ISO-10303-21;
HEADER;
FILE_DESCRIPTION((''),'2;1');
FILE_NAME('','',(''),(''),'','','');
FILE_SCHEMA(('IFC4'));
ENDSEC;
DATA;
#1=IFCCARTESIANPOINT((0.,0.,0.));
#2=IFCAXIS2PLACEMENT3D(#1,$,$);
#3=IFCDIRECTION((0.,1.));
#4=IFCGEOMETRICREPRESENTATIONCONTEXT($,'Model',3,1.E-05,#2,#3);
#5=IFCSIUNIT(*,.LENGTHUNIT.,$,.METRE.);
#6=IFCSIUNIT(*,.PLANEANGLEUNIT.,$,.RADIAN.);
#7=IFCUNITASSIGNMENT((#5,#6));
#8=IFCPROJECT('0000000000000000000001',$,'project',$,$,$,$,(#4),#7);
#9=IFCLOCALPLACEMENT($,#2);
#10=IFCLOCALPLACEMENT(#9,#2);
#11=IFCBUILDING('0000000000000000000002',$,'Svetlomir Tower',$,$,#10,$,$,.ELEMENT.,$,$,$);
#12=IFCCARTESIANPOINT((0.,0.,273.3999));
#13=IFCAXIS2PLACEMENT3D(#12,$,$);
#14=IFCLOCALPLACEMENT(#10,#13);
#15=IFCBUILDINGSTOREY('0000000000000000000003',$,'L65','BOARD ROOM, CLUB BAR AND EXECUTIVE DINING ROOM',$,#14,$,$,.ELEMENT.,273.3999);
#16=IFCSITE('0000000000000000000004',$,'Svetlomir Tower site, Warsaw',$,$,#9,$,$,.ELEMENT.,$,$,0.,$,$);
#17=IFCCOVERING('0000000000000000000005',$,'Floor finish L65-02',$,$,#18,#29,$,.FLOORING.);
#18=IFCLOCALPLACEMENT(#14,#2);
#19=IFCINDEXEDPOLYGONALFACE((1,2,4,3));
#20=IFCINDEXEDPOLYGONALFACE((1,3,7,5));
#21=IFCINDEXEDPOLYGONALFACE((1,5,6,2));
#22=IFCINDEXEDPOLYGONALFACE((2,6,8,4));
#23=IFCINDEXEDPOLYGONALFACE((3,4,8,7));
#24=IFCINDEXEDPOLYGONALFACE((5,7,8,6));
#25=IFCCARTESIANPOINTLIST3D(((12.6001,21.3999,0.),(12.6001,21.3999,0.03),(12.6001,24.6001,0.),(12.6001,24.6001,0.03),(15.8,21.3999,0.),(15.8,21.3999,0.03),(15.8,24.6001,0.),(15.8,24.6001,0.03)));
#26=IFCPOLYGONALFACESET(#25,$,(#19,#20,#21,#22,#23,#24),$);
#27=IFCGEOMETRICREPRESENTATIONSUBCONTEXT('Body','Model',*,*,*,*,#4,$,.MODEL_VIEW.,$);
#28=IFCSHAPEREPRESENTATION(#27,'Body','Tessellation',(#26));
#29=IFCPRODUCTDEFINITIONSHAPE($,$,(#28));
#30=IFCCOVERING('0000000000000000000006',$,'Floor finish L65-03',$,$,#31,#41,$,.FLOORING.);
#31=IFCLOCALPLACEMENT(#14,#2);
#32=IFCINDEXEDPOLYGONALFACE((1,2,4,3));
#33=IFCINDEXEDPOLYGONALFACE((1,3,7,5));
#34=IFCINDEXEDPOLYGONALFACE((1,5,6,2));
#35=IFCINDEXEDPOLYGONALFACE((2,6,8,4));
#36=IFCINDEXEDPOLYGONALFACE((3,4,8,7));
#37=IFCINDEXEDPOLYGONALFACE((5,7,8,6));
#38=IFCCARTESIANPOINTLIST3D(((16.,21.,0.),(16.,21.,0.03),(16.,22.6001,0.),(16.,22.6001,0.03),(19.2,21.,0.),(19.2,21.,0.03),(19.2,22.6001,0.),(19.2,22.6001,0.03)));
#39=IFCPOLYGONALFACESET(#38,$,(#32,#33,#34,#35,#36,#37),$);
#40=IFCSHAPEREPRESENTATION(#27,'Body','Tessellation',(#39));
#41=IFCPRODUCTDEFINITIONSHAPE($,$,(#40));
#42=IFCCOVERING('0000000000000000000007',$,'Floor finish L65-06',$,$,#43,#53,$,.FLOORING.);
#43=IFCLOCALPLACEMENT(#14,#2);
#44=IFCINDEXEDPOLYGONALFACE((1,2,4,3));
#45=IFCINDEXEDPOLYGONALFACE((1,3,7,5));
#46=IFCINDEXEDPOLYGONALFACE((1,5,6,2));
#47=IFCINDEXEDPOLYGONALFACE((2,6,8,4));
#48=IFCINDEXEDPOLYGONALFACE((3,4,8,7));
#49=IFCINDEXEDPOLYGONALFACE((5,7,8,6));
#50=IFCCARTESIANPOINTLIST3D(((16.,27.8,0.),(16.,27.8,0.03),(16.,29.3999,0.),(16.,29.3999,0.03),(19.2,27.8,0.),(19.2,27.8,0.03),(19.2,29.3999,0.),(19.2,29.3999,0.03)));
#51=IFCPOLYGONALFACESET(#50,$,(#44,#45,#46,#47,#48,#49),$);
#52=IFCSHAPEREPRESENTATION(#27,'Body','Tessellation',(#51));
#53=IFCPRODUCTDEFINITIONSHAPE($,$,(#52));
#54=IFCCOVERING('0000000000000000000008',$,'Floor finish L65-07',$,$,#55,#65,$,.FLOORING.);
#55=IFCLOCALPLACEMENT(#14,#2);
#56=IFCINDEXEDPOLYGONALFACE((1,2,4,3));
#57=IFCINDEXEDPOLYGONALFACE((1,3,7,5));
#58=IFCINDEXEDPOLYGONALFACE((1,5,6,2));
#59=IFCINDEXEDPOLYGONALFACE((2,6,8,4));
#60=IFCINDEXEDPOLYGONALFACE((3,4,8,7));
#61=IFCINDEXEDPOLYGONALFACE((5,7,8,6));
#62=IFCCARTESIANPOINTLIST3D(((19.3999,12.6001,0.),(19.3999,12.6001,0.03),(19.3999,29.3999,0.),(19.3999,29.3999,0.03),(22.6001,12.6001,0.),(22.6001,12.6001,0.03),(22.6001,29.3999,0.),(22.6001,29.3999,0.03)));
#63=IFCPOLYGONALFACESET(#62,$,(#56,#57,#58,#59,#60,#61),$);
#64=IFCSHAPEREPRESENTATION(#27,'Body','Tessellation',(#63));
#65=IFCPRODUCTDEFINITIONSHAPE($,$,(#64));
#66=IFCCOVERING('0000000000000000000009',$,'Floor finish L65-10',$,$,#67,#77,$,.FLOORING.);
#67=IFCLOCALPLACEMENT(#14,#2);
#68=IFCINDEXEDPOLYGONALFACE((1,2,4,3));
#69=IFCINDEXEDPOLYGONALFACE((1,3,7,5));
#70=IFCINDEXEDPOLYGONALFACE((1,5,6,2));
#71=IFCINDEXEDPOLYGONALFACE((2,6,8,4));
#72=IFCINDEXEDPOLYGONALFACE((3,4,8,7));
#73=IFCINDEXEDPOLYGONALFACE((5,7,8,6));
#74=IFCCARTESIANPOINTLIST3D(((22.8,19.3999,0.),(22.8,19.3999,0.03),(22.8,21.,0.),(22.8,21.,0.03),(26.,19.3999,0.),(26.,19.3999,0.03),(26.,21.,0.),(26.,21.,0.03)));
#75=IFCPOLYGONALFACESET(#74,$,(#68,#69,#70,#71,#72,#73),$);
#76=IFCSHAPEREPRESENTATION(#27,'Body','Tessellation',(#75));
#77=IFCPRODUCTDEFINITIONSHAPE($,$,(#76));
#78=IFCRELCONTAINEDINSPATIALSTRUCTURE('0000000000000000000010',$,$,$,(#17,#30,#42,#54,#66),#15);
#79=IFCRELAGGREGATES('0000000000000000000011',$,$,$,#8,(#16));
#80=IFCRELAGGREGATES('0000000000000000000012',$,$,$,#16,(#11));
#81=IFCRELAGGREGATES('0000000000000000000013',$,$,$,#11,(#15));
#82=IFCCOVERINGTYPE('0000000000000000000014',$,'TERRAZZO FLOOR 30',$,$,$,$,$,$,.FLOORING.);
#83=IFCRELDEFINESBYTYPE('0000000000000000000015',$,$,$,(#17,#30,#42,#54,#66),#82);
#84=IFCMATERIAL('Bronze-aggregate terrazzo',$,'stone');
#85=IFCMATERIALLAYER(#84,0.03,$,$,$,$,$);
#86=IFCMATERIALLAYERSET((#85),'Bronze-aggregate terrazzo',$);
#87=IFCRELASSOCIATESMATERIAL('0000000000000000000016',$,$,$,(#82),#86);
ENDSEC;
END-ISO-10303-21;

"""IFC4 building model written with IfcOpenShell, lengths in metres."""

from ifc_helpers import new_model, si_unit, direction, frame, origin, place, context, subcontext, project, spatial, polyline, outline, extrude, material, layer, layer_set, type_object, element, save


model = new_model("IFC4")

# Units and contexts
model_context = context("Model", 3, precision=1e-05, world=origin(), true_north=direction((0.0, 1.0)))
body_context = subcontext(model_context, "Body", "Model", "MODEL_VIEW")
ifc_project = project(units=[si_unit("LENGTHUNIT", "METRE"), si_unit("PLANEANGLEUNIT", "RADIAN")], contexts=[model_context])

# Site, building, storey
site_placement = place(None, origin())
site = spatial("IfcSite", under=ifc_project, at=site_placement, Name="Svetlomir Tower site, Warsaw", CompositionType="ELEMENT", RefElevation=0.0)
building_placement = place(site_placement, origin())
building = spatial("IfcBuilding", under=site, at=building_placement, Name="Svetlomir Tower", CompositionType="ELEMENT")
storey_placement = place(building_placement, frame((0.0, 0.0, 273.3999)))
storey = spatial("IfcBuildingStorey", under=building, at=storey_placement, Name="L65", Description="BOARD ROOM, CLUB BAR AND EXECUTIVE DINING ROOM", CompositionType="ELEMENT", Elevation=273.3999)

# Coverings
ifc_material_1 = material(Name="Bronze-aggregate terrazzo", Category="stone")
ifc_layer_1 = layer(ifc_material_1, 0.03)
ifc_layer_set_1 = layer_set([ifc_layer_1], Name="Bronze-aggregate terrazzo")
covering_type_1 = type_object("IfcCoveringType", Name="TERRAZZO FLOOR 30", PredefinedType="FLOORING", material=ifc_layer_set_1)
covering_1_placement = place(storey_placement, origin())
element("IfcCovering", 1, at=covering_1_placement, inside=storey, type_object=covering_type_1, Name="Floor finish L65-02", PredefinedType="FLOORING", context=body_context, shape_type="SweptSolid", body=[
    extrude(outline(polyline([(12.6001, 21.3999), (15.8, 21.3999), (15.8, 24.6001), (12.6001, 24.6001), (12.6001, 21.3999)])), origin(), (0.0, 0.0, 1.0), 0.03),
])
covering_2_placement = place(storey_placement, origin())
element("IfcCovering", 2, at=covering_2_placement, inside=storey, type_object=covering_type_1, Name="Floor finish L65-03", PredefinedType="FLOORING", context=body_context, shape_type="SweptSolid", body=[
    extrude(outline(polyline([(16.0, 21.0), (19.2, 21.0), (19.2, 22.6001), (16.0, 22.6001), (16.0, 21.0)])), origin(), (0.0, 0.0, 1.0), 0.03),
])
covering_3_placement = place(storey_placement, origin())
element("IfcCovering", 3, at=covering_3_placement, inside=storey, type_object=covering_type_1, Name="Floor finish L65-06", PredefinedType="FLOORING", context=body_context, shape_type="SweptSolid", body=[
    extrude(outline(polyline([(16.0, 27.8), (19.2, 27.8), (19.2, 29.3999), (16.0, 29.3999), (16.0, 27.8)])), origin(), (0.0, 0.0, 1.0), 0.03),
])
covering_4_placement = place(storey_placement, origin())
element("IfcCovering", 4, at=covering_4_placement, inside=storey, type_object=covering_type_1, Name="Floor finish L65-07", PredefinedType="FLOORING", context=body_context, shape_type="SweptSolid", body=[
    extrude(outline(polyline([(19.3999, 12.6001), (22.6001, 12.6001), (22.6001, 29.3999), (19.3999, 29.3999), (19.3999, 12.6001)])), origin(), (0.0, 0.0, 1.0), 0.03),
])
covering_5_placement = place(storey_placement, origin())
element("IfcCovering", 5, at=covering_5_placement, inside=storey, type_object=covering_type_1, Name="Floor finish L65-10", PredefinedType="FLOORING", context=body_context, shape_type="SweptSolid", body=[
    extrude(outline(polyline([(22.8, 19.3999), (26.0, 19.3999), (26.0, 21.0), (22.8, 21.0), (22.8, 19.3999)])), origin(), (0.0, 0.0, 1.0), 0.03),
])

save(model, "model.ifc")
